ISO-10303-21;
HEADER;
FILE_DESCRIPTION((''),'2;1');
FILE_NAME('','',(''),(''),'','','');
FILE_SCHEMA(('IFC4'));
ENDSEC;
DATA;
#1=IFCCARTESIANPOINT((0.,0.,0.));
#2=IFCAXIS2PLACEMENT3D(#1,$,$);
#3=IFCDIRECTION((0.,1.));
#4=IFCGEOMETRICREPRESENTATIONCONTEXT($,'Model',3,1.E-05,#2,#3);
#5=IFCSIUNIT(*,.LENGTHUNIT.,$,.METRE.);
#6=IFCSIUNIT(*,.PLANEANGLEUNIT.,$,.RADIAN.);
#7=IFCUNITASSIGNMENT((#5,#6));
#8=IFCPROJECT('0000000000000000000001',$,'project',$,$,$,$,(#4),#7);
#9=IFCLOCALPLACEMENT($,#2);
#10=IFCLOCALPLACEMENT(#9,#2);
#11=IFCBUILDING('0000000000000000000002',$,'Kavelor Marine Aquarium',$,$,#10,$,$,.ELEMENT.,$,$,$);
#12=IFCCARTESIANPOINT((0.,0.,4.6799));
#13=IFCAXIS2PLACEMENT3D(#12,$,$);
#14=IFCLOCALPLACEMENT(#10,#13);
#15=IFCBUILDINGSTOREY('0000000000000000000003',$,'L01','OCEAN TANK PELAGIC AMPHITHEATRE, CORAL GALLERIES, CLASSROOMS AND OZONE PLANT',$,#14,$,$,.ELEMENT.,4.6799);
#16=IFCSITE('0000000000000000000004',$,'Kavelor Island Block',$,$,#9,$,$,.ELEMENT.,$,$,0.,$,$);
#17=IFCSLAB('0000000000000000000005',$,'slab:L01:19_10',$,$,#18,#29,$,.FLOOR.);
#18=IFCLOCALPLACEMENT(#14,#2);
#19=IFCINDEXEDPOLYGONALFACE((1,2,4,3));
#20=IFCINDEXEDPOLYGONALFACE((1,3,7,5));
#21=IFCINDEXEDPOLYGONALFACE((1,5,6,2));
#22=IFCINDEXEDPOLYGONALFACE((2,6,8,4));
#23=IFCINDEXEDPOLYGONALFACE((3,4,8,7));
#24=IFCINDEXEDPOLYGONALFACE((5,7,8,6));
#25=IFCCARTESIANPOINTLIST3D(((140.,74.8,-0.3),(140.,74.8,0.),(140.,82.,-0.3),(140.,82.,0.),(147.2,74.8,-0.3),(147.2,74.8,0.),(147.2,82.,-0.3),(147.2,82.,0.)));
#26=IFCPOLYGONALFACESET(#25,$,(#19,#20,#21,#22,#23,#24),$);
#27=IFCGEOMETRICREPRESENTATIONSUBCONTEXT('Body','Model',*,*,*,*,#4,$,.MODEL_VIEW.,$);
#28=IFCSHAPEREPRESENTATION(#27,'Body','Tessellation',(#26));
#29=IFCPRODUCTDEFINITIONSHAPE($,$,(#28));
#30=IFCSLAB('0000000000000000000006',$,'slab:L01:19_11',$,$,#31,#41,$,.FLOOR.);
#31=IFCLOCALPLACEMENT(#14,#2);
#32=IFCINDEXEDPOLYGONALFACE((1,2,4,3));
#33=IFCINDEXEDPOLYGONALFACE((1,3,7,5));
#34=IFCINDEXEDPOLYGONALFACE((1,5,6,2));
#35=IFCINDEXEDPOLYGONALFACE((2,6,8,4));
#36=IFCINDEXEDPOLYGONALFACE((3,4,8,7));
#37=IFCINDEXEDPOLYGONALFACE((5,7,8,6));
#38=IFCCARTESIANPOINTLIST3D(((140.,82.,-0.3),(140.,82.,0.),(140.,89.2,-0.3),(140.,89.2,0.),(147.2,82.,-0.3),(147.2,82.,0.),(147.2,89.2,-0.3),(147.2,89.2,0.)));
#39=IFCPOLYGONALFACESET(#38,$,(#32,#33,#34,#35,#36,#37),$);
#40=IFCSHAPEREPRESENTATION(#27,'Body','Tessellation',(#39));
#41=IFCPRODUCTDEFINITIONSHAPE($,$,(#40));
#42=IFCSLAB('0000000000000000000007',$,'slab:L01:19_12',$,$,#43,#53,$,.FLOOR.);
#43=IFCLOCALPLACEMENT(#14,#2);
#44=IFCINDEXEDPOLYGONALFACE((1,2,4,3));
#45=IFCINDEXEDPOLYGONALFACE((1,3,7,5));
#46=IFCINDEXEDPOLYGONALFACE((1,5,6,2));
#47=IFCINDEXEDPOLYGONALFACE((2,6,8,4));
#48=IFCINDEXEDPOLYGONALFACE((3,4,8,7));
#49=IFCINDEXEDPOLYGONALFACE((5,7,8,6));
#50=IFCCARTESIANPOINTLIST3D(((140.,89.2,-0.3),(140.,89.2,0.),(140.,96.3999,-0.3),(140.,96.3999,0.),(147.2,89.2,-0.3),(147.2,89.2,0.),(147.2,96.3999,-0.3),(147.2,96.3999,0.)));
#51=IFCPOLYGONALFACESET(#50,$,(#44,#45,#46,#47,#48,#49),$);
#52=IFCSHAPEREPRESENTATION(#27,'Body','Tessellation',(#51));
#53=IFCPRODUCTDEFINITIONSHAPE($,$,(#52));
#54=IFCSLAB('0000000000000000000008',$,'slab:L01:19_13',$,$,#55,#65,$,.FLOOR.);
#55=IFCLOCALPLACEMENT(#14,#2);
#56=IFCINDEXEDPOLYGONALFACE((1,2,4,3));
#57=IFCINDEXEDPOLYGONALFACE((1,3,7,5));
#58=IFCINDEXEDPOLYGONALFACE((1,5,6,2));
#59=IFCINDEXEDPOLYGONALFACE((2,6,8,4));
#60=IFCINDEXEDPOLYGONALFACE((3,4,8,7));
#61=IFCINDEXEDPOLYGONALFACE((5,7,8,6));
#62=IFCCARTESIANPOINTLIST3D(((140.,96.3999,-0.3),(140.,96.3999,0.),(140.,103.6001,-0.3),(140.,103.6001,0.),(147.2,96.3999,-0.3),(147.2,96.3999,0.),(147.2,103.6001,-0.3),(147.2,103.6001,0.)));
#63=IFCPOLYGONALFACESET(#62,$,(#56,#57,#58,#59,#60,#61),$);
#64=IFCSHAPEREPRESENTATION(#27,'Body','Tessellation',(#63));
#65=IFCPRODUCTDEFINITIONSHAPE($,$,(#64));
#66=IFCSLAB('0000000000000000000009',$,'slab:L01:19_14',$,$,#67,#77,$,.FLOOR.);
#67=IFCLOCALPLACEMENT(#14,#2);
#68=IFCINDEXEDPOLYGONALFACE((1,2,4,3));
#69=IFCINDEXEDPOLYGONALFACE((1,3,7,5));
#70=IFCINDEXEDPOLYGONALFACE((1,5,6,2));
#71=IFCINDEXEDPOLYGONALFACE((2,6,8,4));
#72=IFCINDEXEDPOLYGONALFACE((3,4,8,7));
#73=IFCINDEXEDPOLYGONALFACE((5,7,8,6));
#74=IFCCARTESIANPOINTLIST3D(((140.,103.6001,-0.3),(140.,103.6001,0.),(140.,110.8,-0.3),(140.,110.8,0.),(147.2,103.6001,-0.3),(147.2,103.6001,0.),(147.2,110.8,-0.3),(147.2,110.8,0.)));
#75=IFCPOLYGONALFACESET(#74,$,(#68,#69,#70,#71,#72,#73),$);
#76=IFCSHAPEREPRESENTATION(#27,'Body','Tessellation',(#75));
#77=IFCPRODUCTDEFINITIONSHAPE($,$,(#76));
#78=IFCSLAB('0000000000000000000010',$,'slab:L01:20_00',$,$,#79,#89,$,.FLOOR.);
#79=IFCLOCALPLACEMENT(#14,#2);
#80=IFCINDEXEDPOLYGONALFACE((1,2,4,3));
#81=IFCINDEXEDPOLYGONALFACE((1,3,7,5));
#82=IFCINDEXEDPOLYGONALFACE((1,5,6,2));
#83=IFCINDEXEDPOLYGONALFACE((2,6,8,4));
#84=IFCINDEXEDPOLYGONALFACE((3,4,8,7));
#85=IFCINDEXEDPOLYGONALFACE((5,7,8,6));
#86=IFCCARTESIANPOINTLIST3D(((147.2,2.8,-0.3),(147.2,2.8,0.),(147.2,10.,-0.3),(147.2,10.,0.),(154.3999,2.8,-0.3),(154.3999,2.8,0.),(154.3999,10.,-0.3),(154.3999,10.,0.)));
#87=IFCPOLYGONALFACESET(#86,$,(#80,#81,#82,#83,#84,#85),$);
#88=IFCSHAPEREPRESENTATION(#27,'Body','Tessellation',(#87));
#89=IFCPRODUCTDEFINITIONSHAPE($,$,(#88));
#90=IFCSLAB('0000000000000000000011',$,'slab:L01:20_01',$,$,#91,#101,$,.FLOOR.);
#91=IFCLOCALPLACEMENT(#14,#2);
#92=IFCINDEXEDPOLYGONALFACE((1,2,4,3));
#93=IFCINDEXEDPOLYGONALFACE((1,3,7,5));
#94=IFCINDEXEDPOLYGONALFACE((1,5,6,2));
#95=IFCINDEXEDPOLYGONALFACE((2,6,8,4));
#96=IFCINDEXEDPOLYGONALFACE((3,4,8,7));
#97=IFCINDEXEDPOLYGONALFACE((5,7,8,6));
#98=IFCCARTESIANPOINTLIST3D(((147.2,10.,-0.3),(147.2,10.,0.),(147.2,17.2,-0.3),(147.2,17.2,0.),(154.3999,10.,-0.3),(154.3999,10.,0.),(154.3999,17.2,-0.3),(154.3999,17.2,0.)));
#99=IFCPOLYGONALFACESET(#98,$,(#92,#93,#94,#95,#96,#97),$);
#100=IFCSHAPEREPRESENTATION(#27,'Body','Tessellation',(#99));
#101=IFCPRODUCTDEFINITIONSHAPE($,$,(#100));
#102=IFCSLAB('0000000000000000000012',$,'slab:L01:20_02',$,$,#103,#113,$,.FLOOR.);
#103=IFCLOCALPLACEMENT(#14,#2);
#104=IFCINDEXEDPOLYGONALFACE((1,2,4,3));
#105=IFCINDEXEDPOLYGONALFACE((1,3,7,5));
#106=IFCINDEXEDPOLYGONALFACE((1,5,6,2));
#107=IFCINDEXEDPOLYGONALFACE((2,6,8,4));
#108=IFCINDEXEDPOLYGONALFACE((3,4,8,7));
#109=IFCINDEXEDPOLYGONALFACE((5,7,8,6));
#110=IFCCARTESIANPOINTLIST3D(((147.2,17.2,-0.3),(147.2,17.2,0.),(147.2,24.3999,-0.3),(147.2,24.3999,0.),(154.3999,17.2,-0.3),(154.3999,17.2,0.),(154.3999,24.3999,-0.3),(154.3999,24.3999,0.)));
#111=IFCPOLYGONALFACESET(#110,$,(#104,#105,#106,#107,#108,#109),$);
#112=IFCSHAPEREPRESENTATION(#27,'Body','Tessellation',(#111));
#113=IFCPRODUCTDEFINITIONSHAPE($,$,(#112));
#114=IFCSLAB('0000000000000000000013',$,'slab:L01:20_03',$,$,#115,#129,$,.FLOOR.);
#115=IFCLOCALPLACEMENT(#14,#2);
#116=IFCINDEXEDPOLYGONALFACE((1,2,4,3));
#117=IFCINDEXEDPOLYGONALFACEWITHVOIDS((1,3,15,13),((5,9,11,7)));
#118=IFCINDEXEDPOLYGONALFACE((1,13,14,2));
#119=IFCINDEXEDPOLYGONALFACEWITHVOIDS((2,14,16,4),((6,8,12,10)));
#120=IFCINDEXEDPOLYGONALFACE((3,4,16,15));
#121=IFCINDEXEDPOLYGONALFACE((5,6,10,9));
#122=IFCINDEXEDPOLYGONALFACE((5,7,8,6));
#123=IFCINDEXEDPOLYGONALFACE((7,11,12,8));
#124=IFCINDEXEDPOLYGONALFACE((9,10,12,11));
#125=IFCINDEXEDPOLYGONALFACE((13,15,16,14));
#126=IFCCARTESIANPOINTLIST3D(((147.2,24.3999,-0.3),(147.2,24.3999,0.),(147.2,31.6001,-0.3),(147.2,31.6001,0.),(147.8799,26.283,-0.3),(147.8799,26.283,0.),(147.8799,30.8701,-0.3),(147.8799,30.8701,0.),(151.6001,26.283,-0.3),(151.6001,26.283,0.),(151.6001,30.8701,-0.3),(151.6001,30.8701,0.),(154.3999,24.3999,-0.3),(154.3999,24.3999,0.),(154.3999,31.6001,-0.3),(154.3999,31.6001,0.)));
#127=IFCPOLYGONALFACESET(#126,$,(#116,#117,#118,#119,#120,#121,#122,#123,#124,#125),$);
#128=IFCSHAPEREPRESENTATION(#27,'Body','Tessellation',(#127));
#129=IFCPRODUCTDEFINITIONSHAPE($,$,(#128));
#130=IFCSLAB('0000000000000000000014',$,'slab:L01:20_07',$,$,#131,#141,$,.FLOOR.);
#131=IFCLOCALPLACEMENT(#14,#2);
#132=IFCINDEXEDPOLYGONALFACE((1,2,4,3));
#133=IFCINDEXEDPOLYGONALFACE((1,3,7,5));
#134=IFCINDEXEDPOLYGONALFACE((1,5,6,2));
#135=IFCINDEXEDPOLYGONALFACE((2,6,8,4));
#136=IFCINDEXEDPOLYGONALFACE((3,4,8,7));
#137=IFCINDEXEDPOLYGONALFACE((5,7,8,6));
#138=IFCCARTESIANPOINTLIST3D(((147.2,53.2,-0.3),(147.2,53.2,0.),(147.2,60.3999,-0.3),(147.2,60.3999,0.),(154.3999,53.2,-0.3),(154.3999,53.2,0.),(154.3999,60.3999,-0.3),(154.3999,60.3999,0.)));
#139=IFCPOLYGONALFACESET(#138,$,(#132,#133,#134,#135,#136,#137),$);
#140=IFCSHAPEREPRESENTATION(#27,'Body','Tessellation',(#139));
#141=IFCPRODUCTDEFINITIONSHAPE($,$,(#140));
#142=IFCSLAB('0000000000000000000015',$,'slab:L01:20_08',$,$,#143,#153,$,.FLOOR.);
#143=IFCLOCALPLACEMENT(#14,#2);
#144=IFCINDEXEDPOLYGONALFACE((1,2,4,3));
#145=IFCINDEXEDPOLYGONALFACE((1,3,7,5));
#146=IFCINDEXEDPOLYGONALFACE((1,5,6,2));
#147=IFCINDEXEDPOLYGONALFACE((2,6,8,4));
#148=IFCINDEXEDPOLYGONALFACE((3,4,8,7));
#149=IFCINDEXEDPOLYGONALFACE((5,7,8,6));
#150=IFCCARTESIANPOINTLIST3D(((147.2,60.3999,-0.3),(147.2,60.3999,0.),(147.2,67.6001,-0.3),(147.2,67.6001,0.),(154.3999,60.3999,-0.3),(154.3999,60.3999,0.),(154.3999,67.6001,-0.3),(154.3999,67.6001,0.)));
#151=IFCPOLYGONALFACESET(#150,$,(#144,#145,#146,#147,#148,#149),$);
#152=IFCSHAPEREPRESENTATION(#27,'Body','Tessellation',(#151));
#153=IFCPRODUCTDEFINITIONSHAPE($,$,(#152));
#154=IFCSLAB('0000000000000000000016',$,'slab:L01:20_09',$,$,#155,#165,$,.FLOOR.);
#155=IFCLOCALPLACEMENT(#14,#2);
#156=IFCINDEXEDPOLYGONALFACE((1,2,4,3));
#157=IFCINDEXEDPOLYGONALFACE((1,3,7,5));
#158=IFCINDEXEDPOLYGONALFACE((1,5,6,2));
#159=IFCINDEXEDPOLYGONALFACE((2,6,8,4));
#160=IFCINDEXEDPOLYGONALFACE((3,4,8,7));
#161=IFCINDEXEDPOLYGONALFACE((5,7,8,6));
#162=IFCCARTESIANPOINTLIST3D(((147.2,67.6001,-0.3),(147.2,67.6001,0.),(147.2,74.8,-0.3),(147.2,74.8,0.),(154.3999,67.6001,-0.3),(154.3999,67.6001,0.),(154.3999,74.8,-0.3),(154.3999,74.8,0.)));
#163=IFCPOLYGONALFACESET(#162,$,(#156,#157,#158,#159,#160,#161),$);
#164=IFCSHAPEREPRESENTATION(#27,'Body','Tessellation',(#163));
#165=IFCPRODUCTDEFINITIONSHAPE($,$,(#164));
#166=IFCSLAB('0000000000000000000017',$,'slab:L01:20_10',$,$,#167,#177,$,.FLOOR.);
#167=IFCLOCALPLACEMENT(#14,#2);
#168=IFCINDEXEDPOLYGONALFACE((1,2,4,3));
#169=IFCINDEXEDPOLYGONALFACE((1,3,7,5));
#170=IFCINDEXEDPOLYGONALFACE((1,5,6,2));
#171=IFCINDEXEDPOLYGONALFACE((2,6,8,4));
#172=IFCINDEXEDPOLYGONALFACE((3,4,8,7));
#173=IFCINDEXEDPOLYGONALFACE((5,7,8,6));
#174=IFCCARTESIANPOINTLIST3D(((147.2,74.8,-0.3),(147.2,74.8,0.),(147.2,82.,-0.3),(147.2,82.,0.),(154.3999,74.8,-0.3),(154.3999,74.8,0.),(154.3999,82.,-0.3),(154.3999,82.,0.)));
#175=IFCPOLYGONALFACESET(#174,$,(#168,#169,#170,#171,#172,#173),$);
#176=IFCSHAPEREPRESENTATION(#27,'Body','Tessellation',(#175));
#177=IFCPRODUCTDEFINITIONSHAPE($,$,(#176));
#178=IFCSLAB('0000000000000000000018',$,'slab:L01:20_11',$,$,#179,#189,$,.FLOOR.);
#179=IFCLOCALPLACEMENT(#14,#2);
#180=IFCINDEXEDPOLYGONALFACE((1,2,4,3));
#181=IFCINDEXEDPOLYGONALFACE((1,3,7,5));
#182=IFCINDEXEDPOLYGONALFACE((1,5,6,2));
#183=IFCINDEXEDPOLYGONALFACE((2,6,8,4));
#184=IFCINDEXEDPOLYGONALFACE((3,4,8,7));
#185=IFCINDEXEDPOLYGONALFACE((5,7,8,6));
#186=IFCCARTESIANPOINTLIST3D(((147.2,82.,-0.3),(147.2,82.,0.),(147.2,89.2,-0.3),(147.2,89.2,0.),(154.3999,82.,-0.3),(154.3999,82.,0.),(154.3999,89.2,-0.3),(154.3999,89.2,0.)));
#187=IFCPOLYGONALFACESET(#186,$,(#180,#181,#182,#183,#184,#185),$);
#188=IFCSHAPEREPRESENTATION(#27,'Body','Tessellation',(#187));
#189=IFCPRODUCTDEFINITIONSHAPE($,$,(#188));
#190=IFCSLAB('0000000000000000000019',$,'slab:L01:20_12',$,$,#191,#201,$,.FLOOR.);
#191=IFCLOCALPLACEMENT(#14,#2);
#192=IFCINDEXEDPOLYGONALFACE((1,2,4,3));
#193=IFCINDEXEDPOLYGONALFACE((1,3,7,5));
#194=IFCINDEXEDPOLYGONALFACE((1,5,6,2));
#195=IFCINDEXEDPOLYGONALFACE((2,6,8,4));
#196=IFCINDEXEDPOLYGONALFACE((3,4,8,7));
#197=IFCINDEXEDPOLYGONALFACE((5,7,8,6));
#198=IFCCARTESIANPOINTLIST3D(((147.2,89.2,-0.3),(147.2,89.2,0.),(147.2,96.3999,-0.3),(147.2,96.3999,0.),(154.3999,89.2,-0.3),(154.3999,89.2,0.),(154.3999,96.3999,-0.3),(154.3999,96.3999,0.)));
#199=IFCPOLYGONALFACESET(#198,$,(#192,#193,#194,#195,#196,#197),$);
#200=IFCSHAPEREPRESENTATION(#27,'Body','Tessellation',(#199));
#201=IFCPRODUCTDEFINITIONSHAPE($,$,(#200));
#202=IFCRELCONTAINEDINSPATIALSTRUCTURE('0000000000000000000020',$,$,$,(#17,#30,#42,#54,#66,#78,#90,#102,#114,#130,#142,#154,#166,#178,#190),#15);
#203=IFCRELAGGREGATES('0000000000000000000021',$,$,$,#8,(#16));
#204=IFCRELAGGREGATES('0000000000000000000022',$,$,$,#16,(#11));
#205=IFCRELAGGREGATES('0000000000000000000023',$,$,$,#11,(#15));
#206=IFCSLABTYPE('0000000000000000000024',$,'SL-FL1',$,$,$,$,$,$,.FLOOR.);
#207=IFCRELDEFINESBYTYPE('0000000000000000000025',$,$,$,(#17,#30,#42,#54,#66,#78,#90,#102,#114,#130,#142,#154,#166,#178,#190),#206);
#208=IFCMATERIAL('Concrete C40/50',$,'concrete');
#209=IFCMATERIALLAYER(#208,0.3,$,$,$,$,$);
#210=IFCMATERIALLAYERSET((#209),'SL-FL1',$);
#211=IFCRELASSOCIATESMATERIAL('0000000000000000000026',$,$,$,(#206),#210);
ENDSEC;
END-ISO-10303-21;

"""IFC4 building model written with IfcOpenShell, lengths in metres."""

from ifc_helpers import new_model, si_unit, direction, frame, origin, place, context, subcontext, project, spatial, polyline, outline, extrude, material, layer, layer_set, type_object, element, save


model = new_model("IFC4")

# Units and contexts
model_context = context("Model", 3, precision=1e-05, world=origin(), true_north=direction((0.0, 1.0)))
body_context = subcontext(model_context, "Body", "Model", "MODEL_VIEW")
ifc_project = project(units=[si_unit("LENGTHUNIT", "METRE"), si_unit("PLANEANGLEUNIT", "RADIAN")], contexts=[model_context])

# Site, building, storey
site_placement = place(None, origin())
site = spatial("IfcSite", under=ifc_project, at=site_placement, Name="Kavelor Island Block", CompositionType="ELEMENT", RefElevation=0.0)
building_placement = place(site_placement, origin())
building = spatial("IfcBuilding", under=site, at=building_placement, Name="Kavelor Marine Aquarium", CompositionType="ELEMENT")
storey_placement = place(building_placement, frame((0.0, 0.0, 4.6799)))
storey = spatial("IfcBuildingStorey", under=building, at=storey_placement, Name="L01", Description="OCEAN TANK PELAGIC AMPHITHEATRE, CORAL GALLERIES, CLASSROOMS AND OZONE PLANT", CompositionType="ELEMENT", Elevation=4.6799)

# Slabs
ifc_material_1 = material(Name="Concrete C40/50", Category="concrete")
ifc_layer_1 = layer(ifc_material_1, 0.3)
ifc_layer_set_1 = layer_set([ifc_layer_1], Name="SL-FL1")
slab_type_1 = type_object("IfcSlabType", Name="SL-FL1", PredefinedType="FLOOR", material=ifc_layer_set_1)
slab_1_placement = place(storey_placement, frame((0.0, 0.0, -0.3)))
element("IfcSlab", 1, at=slab_1_placement, inside=storey, type_object=slab_type_1, Name="slab:L01:19_10", PredefinedType="FLOOR", context=body_context, shape_type="SweptSolid", body=[
    extrude(outline(polyline([(140.0, 74.8), (147.2, 74.8), (147.2, 82.0), (140.0, 82.0), (140.0, 74.8)])), origin(), (0.0, 0.0, 1.0), 0.3),
])
slab_2_placement = place(storey_placement, frame((0.0, 0.0, -0.3)))
element("IfcSlab", 2, at=slab_2_placement, inside=storey, type_object=slab_type_1, Name="slab:L01:19_11", PredefinedType="FLOOR", context=body_context, shape_type="SweptSolid", body=[
    extrude(outline(polyline([(140.0, 82.0), (147.2, 82.0), (147.2, 89.2), (140.0, 89.2), (140.0, 82.0)])), origin(), (0.0, 0.0, 1.0), 0.3),
])
slab_3_placement = place(storey_placement, frame((0.0, 0.0, -0.3)))
element("IfcSlab", 3, at=slab_3_placement, inside=storey, type_object=slab_type_1, Name="slab:L01:19_12", PredefinedType="FLOOR", context=body_context, shape_type="SweptSolid", body=[
    extrude(outline(polyline([(140.0, 89.2), (147.2, 89.2), (147.2, 96.3999), (140.0, 96.3999), (140.0, 89.2)])), origin(), (0.0, 0.0, 1.0), 0.3),
])
slab_4_placement = place(storey_placement, frame((0.0, 0.0, -0.3)))
element("IfcSlab", 4, at=slab_4_placement, inside=storey, type_object=slab_type_1, Name="slab:L01:19_13", PredefinedType="FLOOR", context=body_context, shape_type="SweptSolid", body=[
    extrude(outline(polyline([(140.0, 96.3999), (147.2, 96.3999), (147.2, 103.6001), (140.0, 103.6001), (140.0, 96.3999)])), origin(), (0.0, 0.0, 1.0), 0.3),
])
slab_5_placement = place(storey_placement, frame((0.0, 0.0, -0.3)))
element("IfcSlab", 5, at=slab_5_placement, inside=storey, type_object=slab_type_1, Name="slab:L01:19_14", PredefinedType="FLOOR", context=body_context, shape_type="SweptSolid", body=[
    extrude(outline(polyline([(140.0, 103.6001), (147.2, 103.6001), (147.2, 110.8), (140.0, 110.8), (140.0, 103.6001)])), origin(), (0.0, 0.0, 1.0), 0.3),
])
slab_6_placement = place(storey_placement, frame((0.0, 0.0, -0.3)))
element("IfcSlab", 6, at=slab_6_placement, inside=storey, type_object=slab_type_1, Name="slab:L01:20_00", PredefinedType="FLOOR", context=body_context, shape_type="SweptSolid", body=[
    extrude(outline(polyline([(147.2, 2.8), (154.3999, 2.8), (154.3999, 10.0), (147.2, 10.0), (147.2, 2.8)])), origin(), (0.0, 0.0, 1.0), 0.3),
])
slab_7_placement = place(storey_placement, frame((0.0, 0.0, -0.3)))
element("IfcSlab", 7, at=slab_7_placement, inside=storey, type_object=slab_type_1, Name="slab:L01:20_01", PredefinedType="FLOOR", context=body_context, shape_type="SweptSolid", body=[
    extrude(outline(polyline([(147.2, 10.0), (154.3999, 10.0), (154.3999, 17.2), (147.2, 17.2), (147.2, 10.0)])), origin(), (0.0, 0.0, 1.0), 0.3),
])
slab_8_placement = place(storey_placement, frame((0.0, 0.0, -0.3)))
element("IfcSlab", 8, at=slab_8_placement, inside=storey, type_object=slab_type_1, Name="slab:L01:20_02", PredefinedType="FLOOR", context=body_context, shape_type="SweptSolid", body=[
    extrude(outline(polyline([(147.2, 17.2), (154.3999, 17.2), (154.3999, 24.3999), (147.2, 24.3999), (147.2, 17.2)])), origin(), (0.0, 0.0, 1.0), 0.3),
])
slab_9_placement = place(storey_placement, frame((0.0, 0.0, -0.3)))
element("IfcSlab", 9, at=slab_9_placement, inside=storey, type_object=slab_type_1, Name="slab:L01:20_03", PredefinedType="FLOOR", context=body_context, shape_type="SweptSolid", body=[
    extrude(outline(polyline([(147.2, 24.3999), (154.3999, 24.3999), (154.3999, 31.6001), (147.2, 31.6001), (147.2, 24.3999)]), holes=[polyline([(147.8799, 26.283), (151.6001, 26.283), (151.6001, 30.8701), (147.8799, 30.8701), (147.8799, 26.283)])]), origin(), (0.0, 0.0, 1.0), 0.3),
])
slab_10_placement = place(storey_placement, frame((0.0, 0.0, -0.3)))
element("IfcSlab", 10, at=slab_10_placement, inside=storey, type_object=slab_type_1, Name="slab:L01:20_07", PredefinedType="FLOOR", context=body_context, shape_type="SweptSolid", body=[
    extrude(outline(polyline([(147.2, 53.2), (154.3999, 53.2), (154.3999, 60.3999), (147.2, 60.3999), (147.2, 53.2)])), origin(), (0.0, 0.0, 1.0), 0.3),
])
slab_11_placement = place(storey_placement, frame((0.0, 0.0, -0.3)))
element("IfcSlab", 11, at=slab_11_placement, inside=storey, type_object=slab_type_1, Name="slab:L01:20_08", PredefinedType="FLOOR", context=body_context, shape_type="SweptSolid", body=[
    extrude(outline(polyline([(147.2, 60.3999), (154.3999, 60.3999), (154.3999, 67.6001), (147.2, 67.6001), (147.2, 60.3999)])), origin(), (0.0, 0.0, 1.0), 0.3),
])
slab_12_placement = place(storey_placement, frame((0.0, 0.0, -0.3)))
element("IfcSlab", 12, at=slab_12_placement, inside=storey, type_object=slab_type_1, Name="slab:L01:20_09", PredefinedType="FLOOR", context=body_context, shape_type="SweptSolid", body=[
    extrude(outline(polyline([(147.2, 67.6001), (154.3999, 67.6001), (154.3999, 74.8), (147.2, 74.8), (147.2, 67.6001)])), origin(), (0.0, 0.0, 1.0), 0.3),
])
slab_13_placement = place(storey_placement, frame((0.0, 0.0, -0.3)))
element("IfcSlab", 13, at=slab_13_placement, inside=storey, type_object=slab_type_1, Name="slab:L01:20_10", PredefinedType="FLOOR", context=body_context, shape_type="SweptSolid", body=[
    extrude(outline(polyline([(147.2, 74.8), (154.3999, 74.8), (154.3999, 82.0), (147.2, 82.0), (147.2, 74.8)])), origin(), (0.0, 0.0, 1.0), 0.3),
])
slab_14_placement = place(storey_placement, frame((0.0, 0.0, -0.3)))
element("IfcSlab", 14, at=slab_14_placement, inside=storey, type_object=slab_type_1, Name="slab:L01:20_11", PredefinedType="FLOOR", context=body_context, shape_type="SweptSolid", body=[
    extrude(outline(polyline([(147.2, 82.0), (154.3999, 82.0), (154.3999, 89.2), (147.2, 89.2), (147.2, 82.0)])), origin(), (0.0, 0.0, 1.0), 0.3),
])
slab_15_placement = place(storey_placement, frame((0.0, 0.0, -0.3)))
element("IfcSlab", 15, at=slab_15_placement, inside=storey, type_object=slab_type_1, Name="slab:L01:20_12", PredefinedType="FLOOR", context=body_context, shape_type="SweptSolid", body=[
    extrude(outline(polyline([(147.2, 89.2), (154.3999, 89.2), (154.3999, 96.3999), (147.2, 96.3999), (147.2, 89.2)])), origin(), (0.0, 0.0, 1.0), 0.3),
])

save(model, "model.ifc")
